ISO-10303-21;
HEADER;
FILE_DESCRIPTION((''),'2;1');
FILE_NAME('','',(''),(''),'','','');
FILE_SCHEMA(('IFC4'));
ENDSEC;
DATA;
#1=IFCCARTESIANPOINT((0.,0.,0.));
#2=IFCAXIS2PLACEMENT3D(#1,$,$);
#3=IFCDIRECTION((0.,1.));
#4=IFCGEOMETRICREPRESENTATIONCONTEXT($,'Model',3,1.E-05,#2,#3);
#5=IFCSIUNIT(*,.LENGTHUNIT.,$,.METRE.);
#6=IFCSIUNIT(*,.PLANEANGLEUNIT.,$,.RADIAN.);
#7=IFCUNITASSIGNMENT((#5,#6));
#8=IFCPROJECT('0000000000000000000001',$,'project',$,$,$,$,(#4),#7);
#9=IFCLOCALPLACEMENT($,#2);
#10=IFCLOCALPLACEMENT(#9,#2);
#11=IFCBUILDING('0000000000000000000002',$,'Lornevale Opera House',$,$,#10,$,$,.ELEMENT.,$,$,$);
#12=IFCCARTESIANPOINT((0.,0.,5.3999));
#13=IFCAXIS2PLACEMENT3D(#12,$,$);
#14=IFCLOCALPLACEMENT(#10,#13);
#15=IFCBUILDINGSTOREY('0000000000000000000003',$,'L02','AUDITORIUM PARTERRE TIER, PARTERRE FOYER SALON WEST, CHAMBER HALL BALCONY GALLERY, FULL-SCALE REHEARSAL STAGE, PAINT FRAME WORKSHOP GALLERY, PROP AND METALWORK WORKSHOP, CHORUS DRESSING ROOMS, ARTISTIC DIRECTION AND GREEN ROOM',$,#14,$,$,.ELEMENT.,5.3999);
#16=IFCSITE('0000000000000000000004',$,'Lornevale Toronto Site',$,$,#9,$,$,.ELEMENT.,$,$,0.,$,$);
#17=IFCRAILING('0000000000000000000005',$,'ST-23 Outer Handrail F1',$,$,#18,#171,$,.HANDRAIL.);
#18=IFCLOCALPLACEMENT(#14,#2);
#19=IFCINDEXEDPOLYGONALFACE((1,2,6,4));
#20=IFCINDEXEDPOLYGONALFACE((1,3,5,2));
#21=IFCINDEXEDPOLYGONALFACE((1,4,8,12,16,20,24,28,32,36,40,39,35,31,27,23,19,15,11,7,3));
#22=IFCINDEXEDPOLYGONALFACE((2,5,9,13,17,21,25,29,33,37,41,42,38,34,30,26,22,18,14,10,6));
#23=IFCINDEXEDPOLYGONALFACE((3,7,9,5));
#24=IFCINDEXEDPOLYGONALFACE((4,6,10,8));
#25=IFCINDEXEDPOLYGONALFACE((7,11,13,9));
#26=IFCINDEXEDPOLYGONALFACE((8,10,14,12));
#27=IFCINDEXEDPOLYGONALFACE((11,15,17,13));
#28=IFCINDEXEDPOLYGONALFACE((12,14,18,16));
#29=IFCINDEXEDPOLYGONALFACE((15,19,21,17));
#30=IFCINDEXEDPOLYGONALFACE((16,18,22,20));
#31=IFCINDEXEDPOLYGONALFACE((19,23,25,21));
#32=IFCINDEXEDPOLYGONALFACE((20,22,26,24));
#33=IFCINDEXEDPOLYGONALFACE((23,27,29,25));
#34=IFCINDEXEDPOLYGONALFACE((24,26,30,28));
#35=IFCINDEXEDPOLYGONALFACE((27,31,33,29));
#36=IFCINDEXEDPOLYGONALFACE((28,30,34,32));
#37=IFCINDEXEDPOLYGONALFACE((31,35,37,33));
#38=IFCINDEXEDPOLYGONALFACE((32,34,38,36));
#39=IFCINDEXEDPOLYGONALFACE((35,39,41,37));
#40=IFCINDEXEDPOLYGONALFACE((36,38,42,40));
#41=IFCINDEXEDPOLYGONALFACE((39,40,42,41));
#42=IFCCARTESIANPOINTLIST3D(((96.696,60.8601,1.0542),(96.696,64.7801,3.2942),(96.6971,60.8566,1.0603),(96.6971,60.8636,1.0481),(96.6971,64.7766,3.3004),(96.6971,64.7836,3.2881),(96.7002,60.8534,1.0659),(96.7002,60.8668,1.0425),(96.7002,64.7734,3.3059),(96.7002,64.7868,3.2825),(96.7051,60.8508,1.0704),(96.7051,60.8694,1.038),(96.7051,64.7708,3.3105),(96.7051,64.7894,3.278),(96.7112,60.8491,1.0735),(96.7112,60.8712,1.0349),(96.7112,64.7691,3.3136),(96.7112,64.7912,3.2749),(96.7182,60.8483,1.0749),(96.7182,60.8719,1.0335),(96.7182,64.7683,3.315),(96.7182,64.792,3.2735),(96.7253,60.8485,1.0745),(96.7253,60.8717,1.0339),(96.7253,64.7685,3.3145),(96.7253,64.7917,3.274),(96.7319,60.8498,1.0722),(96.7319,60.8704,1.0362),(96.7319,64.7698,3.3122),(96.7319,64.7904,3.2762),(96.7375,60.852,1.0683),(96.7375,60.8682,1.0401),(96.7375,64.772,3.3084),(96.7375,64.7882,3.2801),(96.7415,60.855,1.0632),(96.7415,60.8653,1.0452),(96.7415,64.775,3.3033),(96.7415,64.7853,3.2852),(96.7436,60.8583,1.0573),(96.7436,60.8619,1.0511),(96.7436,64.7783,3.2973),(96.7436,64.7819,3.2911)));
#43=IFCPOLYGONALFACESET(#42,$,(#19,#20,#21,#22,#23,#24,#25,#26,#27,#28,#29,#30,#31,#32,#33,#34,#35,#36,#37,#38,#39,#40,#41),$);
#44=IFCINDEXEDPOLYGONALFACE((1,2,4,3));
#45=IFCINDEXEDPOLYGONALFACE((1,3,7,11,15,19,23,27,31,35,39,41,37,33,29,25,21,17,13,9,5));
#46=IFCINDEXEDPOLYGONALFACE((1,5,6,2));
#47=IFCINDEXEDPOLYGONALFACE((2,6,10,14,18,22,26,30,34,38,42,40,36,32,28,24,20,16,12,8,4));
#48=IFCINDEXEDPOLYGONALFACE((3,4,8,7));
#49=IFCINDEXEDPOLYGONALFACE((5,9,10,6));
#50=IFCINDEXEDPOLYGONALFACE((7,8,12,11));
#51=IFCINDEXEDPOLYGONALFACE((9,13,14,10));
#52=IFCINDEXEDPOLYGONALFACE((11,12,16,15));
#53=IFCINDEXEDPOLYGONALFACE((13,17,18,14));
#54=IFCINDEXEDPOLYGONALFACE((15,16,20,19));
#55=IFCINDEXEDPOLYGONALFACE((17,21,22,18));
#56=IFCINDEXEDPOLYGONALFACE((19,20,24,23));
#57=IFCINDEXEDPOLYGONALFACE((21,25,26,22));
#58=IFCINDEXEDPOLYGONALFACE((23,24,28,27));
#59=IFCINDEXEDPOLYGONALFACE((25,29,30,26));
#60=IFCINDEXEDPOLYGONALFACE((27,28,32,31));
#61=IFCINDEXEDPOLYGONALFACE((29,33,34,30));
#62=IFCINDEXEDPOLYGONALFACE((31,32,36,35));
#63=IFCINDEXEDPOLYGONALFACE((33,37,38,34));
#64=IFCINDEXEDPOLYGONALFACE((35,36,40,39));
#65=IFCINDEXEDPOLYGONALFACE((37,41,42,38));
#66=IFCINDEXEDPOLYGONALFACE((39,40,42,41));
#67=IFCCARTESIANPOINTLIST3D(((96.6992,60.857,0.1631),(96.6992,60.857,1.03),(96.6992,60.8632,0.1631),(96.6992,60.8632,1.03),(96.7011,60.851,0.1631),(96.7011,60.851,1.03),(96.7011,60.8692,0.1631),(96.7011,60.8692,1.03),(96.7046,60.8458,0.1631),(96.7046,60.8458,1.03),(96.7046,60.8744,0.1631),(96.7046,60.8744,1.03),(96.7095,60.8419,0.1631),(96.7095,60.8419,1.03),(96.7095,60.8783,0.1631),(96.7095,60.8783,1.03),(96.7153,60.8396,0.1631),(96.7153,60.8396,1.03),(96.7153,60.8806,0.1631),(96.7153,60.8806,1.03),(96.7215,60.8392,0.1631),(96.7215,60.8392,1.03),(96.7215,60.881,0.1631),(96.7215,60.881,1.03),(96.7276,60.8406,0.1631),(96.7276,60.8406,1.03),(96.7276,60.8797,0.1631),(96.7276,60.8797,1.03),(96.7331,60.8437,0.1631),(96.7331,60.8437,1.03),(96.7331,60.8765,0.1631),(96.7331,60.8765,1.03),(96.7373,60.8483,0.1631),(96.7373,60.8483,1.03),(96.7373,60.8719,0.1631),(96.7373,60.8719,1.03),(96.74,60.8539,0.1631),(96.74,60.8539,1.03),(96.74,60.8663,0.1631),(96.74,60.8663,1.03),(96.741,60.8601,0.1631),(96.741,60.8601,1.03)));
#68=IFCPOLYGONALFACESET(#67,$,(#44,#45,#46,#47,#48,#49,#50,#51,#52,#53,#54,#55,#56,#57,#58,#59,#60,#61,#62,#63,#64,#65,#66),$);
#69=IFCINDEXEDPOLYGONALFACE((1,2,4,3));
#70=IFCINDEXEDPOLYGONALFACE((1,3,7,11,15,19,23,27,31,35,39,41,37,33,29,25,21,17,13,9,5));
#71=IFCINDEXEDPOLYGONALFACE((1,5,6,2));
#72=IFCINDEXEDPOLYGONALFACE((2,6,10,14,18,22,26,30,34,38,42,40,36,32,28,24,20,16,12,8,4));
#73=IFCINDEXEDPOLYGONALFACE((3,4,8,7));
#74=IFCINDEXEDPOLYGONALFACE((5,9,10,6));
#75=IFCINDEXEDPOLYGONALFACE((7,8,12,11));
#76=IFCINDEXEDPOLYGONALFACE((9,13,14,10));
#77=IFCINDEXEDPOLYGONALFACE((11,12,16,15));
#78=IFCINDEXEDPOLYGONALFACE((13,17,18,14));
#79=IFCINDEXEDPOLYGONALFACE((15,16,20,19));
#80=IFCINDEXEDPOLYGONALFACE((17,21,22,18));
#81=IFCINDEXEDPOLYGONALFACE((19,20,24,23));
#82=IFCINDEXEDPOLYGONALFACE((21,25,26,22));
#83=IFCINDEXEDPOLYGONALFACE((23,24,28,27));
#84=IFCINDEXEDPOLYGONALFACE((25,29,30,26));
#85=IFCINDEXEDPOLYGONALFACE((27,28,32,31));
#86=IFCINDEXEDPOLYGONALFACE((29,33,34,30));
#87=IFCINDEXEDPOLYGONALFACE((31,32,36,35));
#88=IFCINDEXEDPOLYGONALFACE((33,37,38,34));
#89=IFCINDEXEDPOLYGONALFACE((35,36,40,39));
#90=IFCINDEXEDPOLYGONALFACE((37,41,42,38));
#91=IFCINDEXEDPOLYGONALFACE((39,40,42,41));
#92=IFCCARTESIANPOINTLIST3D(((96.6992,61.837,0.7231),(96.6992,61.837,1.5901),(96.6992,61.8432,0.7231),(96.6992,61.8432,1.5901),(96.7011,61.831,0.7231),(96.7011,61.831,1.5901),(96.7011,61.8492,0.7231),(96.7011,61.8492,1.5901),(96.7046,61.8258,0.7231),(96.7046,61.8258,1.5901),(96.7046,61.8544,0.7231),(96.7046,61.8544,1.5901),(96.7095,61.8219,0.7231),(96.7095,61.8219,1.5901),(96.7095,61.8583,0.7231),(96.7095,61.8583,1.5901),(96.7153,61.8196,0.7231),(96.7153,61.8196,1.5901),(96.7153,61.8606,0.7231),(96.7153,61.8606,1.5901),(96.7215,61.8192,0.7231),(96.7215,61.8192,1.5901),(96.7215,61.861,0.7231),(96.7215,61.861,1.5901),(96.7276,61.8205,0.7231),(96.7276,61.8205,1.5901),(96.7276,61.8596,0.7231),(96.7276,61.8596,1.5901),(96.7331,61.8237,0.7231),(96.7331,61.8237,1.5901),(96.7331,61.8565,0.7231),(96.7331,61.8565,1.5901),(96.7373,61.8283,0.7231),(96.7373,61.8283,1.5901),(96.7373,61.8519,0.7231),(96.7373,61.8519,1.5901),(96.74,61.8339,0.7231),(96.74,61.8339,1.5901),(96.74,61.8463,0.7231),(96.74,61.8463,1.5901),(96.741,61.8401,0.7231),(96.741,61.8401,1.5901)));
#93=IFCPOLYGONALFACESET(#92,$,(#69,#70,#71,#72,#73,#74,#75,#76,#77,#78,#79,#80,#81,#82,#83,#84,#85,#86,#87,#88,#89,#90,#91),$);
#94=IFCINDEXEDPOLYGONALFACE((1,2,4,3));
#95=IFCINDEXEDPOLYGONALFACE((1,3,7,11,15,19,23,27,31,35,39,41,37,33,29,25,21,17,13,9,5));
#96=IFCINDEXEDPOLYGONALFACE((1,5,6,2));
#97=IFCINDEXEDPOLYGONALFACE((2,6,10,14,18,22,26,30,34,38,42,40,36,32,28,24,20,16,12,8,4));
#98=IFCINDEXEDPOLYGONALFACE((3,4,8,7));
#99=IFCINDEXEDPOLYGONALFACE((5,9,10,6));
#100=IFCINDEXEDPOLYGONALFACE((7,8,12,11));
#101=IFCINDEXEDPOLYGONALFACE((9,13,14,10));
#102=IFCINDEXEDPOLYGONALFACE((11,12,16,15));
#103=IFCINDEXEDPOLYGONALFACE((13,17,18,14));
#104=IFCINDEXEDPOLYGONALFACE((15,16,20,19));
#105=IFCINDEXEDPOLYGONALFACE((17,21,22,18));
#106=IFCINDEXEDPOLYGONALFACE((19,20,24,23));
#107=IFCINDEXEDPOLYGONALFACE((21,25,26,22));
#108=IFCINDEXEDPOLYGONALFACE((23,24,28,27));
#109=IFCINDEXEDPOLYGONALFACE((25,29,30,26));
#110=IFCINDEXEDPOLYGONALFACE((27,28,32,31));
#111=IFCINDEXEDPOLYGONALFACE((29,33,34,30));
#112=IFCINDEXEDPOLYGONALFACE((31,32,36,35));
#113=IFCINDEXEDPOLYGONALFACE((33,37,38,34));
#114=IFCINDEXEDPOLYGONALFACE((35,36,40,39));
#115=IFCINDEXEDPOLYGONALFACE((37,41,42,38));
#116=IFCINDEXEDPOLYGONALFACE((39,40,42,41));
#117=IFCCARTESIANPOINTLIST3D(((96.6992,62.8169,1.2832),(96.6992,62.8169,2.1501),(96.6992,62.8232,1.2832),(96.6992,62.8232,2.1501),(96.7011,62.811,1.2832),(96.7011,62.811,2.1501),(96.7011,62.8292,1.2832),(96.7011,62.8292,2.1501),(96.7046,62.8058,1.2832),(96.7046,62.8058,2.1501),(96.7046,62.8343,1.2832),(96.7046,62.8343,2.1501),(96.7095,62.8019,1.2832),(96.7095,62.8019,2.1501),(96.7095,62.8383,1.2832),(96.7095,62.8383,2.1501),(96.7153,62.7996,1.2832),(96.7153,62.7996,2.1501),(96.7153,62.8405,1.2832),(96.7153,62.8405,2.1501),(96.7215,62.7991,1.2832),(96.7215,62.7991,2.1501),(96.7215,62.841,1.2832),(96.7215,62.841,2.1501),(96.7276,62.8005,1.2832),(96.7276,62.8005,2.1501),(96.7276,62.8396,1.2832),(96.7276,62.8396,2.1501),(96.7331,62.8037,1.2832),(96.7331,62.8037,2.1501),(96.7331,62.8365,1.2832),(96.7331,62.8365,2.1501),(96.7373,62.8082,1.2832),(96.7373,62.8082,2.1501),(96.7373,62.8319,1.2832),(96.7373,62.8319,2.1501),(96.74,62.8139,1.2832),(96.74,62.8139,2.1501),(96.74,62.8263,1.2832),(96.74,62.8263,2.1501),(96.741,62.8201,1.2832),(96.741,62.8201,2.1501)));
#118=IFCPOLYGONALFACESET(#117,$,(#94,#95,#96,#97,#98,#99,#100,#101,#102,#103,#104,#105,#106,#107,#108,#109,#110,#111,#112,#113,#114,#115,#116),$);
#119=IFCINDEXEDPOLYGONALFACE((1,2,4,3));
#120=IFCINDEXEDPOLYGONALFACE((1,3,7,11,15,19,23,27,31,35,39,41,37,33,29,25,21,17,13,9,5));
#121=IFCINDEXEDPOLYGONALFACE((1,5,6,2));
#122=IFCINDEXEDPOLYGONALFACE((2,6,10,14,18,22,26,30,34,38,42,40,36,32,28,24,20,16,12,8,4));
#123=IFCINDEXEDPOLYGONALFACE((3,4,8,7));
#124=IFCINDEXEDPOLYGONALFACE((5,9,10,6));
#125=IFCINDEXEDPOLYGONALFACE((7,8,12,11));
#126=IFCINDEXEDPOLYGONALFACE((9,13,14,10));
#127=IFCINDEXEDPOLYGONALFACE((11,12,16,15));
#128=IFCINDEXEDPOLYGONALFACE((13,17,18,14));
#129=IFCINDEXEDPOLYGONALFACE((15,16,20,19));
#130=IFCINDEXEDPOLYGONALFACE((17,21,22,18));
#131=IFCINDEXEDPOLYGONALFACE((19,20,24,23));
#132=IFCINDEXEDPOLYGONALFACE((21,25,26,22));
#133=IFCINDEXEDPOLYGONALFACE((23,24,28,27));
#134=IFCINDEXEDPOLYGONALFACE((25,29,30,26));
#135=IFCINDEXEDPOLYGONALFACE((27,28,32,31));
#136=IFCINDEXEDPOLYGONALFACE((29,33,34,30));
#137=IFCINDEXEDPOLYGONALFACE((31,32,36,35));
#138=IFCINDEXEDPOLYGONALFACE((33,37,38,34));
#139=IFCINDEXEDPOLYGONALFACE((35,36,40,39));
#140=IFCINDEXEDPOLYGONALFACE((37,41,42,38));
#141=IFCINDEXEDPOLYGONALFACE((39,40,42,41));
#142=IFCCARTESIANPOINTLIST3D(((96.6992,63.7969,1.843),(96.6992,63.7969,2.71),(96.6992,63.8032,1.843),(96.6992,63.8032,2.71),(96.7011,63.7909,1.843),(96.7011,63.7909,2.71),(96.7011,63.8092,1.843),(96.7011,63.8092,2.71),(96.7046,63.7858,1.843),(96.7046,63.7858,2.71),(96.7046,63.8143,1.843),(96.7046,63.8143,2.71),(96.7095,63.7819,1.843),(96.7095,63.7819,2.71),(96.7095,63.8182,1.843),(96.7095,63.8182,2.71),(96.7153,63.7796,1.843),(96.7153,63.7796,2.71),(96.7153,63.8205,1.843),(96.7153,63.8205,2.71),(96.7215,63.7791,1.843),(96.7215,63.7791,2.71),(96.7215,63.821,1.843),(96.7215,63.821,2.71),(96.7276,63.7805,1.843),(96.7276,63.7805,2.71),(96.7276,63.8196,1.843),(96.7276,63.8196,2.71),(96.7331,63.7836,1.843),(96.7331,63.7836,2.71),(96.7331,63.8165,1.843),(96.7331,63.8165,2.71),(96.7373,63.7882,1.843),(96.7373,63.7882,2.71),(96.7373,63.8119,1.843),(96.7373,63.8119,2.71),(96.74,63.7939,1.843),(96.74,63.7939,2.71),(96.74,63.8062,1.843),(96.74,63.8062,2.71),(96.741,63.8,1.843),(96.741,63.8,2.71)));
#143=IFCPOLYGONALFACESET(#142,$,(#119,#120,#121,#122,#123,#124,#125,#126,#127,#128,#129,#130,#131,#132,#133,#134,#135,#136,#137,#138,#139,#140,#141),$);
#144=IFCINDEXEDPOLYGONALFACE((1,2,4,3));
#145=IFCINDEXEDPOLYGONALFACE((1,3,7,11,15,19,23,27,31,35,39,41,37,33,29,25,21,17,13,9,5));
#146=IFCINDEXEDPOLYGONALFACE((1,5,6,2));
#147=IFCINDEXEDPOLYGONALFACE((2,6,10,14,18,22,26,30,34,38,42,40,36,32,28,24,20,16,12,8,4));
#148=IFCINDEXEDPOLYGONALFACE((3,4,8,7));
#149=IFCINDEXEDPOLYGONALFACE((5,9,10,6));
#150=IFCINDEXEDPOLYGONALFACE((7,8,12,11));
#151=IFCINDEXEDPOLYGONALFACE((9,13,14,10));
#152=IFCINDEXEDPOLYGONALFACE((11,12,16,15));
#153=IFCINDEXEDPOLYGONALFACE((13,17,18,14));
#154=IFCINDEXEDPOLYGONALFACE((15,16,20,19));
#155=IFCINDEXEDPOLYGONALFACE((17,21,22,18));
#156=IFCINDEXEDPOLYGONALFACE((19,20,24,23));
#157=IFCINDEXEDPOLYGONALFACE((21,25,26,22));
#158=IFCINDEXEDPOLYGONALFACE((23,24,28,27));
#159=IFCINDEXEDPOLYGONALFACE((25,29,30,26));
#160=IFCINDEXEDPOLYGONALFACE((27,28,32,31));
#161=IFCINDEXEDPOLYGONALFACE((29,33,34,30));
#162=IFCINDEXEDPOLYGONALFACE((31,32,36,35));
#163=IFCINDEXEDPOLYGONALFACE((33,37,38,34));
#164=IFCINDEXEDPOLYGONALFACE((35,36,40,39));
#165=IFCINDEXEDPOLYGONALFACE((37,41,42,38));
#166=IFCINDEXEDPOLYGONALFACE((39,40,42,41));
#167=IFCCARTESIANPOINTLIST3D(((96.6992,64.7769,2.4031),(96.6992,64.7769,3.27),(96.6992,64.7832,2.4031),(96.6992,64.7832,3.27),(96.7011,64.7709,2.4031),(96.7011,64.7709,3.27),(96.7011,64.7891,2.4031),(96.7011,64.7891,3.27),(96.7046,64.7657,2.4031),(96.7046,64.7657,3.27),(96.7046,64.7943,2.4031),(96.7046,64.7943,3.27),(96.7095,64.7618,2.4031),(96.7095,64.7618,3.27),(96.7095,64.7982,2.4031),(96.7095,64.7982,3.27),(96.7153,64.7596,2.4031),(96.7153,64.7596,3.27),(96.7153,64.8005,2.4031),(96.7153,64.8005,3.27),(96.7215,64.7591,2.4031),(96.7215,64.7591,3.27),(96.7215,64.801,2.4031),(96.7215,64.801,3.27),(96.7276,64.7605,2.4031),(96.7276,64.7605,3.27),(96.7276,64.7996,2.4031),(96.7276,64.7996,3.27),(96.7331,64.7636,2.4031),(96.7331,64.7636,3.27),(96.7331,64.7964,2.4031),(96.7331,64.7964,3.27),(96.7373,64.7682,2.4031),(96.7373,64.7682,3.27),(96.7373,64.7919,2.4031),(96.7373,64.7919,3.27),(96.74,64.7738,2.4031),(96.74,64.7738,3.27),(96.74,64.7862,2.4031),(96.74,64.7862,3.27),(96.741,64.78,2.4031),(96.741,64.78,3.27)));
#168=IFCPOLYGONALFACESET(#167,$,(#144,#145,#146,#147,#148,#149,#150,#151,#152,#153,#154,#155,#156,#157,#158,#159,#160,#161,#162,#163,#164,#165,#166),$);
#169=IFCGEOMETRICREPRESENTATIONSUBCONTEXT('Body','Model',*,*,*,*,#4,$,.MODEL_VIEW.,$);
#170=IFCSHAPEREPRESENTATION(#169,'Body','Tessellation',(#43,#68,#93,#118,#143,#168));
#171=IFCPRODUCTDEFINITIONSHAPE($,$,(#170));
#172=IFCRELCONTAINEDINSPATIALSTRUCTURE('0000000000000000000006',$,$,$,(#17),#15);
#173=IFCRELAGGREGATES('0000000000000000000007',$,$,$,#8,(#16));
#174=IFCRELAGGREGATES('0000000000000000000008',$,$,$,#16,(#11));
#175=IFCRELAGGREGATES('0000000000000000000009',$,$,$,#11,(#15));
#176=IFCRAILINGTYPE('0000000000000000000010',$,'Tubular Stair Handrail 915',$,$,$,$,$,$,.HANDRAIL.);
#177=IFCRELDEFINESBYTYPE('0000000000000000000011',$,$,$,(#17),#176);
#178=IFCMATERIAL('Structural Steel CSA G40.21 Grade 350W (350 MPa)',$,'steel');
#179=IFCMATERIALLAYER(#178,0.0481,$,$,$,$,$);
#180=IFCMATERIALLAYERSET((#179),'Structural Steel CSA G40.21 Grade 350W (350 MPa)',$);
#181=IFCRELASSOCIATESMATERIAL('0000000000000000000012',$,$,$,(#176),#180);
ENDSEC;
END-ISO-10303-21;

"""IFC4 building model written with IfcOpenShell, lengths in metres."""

from ifc_helpers import new_model, si_unit, direction, frame, origin, origin_2d, place, context, subcontext, project, spatial, circle, extrude, material, layer, layer_set, type_object, element, save


model = new_model("IFC4")

# Units and contexts
model_context = context("Model", 3, precision=1e-05, world=origin(), true_north=direction((0.0, 1.0)))
body_context = subcontext(model_context, "Body", "Model", "MODEL_VIEW")
ifc_project = project(units=[si_unit("LENGTHUNIT", "METRE"), si_unit("PLANEANGLEUNIT", "RADIAN")], contexts=[model_context])

# Site, building, storey
site_placement = place(None, origin())
site = spatial("IfcSite", under=ifc_project, at=site_placement, Name="Lornevale Toronto Site", CompositionType="ELEMENT", RefElevation=0.0)
building_placement = place(site_placement, origin())
building = spatial("IfcBuilding", under=site, at=building_placement, Name="Lornevale Opera House", CompositionType="ELEMENT")
storey_placement = place(building_placement, frame((0.0, 0.0, 5.3999)))
storey = spatial("IfcBuildingStorey", under=building, at=storey_placement, Name="L02", Description="AUDITORIUM PARTERRE TIER, PARTERRE FOYER SALON WEST, CHAMBER HALL BALCONY GALLERY, FULL-SCALE REHEARSAL STAGE, PAINT FRAME WORKSHOP GALLERY, PROP AND METALWORK WORKSHOP, CHORUS DRESSING ROOMS, ARTISTIC DIRECTION AND GREEN ROOM", CompositionType="ELEMENT", Elevation=5.3999)

# Railing
ifc_material_1 = material(Name="Structural Steel CSA G40.21 Grade 350W (350 MPa)", Category="steel")
ifc_layer_1 = layer(ifc_material_1, 0.0481)
ifc_layer_set_1 = layer_set([ifc_layer_1], Name="Structural Steel CSA G40.21 Grade 350W (350 MPa)")
railing_type_1 = type_object("IfcRailingType", Name="Tubular Stair Handrail 915", PredefinedType="HANDRAIL", material=ifc_layer_set_1)
railing_1_placement = place(storey_placement, frame((96.72, 60.8601, 0.1631)))
element("IfcRailing", 1, at=railing_1_placement, inside=storey, type_object=railing_type_1, Name="ST-23 Outer Handrail F1", PredefinedType="HANDRAIL", context=body_context, shape_type="SweptSolid", body=[
    extrude(circle(Radius=0.0239, at=origin_2d()), frame((0.0, 0.0, 0.8911), z_axis=(0.0, 0.86824, 0.496145), x_axis=(-1.0, 0.0, 0.0)), (0.0, 0.0, 1.0), 4.5149),
    extrude(circle(Radius=0.021, at=origin_2d()), origin(), (0.0, 0.0, 1.0), 0.8669),
    extrude(circle(Radius=0.021, at=origin_2d()), frame((0.0, 0.98, 0.5601)), (0.0, 0.0, 1.0), 0.8669),
    extrude(circle(Radius=0.021, at=origin_2d()), frame((0.0, 1.96, 1.1201)), (0.0, 0.0, 1.0), 0.8669),
    extrude(circle(Radius=0.021, at=origin_2d()), frame((0.0, 2.9399, 1.6799)), (0.0, 0.0, 1.0), 0.8669),
    extrude(circle(Radius=0.021, at=origin_2d()), frame((0.0, 3.9199, 2.24)), (0.0, 0.0, 1.0), 0.8669),
])

save(model, "model.ifc")
